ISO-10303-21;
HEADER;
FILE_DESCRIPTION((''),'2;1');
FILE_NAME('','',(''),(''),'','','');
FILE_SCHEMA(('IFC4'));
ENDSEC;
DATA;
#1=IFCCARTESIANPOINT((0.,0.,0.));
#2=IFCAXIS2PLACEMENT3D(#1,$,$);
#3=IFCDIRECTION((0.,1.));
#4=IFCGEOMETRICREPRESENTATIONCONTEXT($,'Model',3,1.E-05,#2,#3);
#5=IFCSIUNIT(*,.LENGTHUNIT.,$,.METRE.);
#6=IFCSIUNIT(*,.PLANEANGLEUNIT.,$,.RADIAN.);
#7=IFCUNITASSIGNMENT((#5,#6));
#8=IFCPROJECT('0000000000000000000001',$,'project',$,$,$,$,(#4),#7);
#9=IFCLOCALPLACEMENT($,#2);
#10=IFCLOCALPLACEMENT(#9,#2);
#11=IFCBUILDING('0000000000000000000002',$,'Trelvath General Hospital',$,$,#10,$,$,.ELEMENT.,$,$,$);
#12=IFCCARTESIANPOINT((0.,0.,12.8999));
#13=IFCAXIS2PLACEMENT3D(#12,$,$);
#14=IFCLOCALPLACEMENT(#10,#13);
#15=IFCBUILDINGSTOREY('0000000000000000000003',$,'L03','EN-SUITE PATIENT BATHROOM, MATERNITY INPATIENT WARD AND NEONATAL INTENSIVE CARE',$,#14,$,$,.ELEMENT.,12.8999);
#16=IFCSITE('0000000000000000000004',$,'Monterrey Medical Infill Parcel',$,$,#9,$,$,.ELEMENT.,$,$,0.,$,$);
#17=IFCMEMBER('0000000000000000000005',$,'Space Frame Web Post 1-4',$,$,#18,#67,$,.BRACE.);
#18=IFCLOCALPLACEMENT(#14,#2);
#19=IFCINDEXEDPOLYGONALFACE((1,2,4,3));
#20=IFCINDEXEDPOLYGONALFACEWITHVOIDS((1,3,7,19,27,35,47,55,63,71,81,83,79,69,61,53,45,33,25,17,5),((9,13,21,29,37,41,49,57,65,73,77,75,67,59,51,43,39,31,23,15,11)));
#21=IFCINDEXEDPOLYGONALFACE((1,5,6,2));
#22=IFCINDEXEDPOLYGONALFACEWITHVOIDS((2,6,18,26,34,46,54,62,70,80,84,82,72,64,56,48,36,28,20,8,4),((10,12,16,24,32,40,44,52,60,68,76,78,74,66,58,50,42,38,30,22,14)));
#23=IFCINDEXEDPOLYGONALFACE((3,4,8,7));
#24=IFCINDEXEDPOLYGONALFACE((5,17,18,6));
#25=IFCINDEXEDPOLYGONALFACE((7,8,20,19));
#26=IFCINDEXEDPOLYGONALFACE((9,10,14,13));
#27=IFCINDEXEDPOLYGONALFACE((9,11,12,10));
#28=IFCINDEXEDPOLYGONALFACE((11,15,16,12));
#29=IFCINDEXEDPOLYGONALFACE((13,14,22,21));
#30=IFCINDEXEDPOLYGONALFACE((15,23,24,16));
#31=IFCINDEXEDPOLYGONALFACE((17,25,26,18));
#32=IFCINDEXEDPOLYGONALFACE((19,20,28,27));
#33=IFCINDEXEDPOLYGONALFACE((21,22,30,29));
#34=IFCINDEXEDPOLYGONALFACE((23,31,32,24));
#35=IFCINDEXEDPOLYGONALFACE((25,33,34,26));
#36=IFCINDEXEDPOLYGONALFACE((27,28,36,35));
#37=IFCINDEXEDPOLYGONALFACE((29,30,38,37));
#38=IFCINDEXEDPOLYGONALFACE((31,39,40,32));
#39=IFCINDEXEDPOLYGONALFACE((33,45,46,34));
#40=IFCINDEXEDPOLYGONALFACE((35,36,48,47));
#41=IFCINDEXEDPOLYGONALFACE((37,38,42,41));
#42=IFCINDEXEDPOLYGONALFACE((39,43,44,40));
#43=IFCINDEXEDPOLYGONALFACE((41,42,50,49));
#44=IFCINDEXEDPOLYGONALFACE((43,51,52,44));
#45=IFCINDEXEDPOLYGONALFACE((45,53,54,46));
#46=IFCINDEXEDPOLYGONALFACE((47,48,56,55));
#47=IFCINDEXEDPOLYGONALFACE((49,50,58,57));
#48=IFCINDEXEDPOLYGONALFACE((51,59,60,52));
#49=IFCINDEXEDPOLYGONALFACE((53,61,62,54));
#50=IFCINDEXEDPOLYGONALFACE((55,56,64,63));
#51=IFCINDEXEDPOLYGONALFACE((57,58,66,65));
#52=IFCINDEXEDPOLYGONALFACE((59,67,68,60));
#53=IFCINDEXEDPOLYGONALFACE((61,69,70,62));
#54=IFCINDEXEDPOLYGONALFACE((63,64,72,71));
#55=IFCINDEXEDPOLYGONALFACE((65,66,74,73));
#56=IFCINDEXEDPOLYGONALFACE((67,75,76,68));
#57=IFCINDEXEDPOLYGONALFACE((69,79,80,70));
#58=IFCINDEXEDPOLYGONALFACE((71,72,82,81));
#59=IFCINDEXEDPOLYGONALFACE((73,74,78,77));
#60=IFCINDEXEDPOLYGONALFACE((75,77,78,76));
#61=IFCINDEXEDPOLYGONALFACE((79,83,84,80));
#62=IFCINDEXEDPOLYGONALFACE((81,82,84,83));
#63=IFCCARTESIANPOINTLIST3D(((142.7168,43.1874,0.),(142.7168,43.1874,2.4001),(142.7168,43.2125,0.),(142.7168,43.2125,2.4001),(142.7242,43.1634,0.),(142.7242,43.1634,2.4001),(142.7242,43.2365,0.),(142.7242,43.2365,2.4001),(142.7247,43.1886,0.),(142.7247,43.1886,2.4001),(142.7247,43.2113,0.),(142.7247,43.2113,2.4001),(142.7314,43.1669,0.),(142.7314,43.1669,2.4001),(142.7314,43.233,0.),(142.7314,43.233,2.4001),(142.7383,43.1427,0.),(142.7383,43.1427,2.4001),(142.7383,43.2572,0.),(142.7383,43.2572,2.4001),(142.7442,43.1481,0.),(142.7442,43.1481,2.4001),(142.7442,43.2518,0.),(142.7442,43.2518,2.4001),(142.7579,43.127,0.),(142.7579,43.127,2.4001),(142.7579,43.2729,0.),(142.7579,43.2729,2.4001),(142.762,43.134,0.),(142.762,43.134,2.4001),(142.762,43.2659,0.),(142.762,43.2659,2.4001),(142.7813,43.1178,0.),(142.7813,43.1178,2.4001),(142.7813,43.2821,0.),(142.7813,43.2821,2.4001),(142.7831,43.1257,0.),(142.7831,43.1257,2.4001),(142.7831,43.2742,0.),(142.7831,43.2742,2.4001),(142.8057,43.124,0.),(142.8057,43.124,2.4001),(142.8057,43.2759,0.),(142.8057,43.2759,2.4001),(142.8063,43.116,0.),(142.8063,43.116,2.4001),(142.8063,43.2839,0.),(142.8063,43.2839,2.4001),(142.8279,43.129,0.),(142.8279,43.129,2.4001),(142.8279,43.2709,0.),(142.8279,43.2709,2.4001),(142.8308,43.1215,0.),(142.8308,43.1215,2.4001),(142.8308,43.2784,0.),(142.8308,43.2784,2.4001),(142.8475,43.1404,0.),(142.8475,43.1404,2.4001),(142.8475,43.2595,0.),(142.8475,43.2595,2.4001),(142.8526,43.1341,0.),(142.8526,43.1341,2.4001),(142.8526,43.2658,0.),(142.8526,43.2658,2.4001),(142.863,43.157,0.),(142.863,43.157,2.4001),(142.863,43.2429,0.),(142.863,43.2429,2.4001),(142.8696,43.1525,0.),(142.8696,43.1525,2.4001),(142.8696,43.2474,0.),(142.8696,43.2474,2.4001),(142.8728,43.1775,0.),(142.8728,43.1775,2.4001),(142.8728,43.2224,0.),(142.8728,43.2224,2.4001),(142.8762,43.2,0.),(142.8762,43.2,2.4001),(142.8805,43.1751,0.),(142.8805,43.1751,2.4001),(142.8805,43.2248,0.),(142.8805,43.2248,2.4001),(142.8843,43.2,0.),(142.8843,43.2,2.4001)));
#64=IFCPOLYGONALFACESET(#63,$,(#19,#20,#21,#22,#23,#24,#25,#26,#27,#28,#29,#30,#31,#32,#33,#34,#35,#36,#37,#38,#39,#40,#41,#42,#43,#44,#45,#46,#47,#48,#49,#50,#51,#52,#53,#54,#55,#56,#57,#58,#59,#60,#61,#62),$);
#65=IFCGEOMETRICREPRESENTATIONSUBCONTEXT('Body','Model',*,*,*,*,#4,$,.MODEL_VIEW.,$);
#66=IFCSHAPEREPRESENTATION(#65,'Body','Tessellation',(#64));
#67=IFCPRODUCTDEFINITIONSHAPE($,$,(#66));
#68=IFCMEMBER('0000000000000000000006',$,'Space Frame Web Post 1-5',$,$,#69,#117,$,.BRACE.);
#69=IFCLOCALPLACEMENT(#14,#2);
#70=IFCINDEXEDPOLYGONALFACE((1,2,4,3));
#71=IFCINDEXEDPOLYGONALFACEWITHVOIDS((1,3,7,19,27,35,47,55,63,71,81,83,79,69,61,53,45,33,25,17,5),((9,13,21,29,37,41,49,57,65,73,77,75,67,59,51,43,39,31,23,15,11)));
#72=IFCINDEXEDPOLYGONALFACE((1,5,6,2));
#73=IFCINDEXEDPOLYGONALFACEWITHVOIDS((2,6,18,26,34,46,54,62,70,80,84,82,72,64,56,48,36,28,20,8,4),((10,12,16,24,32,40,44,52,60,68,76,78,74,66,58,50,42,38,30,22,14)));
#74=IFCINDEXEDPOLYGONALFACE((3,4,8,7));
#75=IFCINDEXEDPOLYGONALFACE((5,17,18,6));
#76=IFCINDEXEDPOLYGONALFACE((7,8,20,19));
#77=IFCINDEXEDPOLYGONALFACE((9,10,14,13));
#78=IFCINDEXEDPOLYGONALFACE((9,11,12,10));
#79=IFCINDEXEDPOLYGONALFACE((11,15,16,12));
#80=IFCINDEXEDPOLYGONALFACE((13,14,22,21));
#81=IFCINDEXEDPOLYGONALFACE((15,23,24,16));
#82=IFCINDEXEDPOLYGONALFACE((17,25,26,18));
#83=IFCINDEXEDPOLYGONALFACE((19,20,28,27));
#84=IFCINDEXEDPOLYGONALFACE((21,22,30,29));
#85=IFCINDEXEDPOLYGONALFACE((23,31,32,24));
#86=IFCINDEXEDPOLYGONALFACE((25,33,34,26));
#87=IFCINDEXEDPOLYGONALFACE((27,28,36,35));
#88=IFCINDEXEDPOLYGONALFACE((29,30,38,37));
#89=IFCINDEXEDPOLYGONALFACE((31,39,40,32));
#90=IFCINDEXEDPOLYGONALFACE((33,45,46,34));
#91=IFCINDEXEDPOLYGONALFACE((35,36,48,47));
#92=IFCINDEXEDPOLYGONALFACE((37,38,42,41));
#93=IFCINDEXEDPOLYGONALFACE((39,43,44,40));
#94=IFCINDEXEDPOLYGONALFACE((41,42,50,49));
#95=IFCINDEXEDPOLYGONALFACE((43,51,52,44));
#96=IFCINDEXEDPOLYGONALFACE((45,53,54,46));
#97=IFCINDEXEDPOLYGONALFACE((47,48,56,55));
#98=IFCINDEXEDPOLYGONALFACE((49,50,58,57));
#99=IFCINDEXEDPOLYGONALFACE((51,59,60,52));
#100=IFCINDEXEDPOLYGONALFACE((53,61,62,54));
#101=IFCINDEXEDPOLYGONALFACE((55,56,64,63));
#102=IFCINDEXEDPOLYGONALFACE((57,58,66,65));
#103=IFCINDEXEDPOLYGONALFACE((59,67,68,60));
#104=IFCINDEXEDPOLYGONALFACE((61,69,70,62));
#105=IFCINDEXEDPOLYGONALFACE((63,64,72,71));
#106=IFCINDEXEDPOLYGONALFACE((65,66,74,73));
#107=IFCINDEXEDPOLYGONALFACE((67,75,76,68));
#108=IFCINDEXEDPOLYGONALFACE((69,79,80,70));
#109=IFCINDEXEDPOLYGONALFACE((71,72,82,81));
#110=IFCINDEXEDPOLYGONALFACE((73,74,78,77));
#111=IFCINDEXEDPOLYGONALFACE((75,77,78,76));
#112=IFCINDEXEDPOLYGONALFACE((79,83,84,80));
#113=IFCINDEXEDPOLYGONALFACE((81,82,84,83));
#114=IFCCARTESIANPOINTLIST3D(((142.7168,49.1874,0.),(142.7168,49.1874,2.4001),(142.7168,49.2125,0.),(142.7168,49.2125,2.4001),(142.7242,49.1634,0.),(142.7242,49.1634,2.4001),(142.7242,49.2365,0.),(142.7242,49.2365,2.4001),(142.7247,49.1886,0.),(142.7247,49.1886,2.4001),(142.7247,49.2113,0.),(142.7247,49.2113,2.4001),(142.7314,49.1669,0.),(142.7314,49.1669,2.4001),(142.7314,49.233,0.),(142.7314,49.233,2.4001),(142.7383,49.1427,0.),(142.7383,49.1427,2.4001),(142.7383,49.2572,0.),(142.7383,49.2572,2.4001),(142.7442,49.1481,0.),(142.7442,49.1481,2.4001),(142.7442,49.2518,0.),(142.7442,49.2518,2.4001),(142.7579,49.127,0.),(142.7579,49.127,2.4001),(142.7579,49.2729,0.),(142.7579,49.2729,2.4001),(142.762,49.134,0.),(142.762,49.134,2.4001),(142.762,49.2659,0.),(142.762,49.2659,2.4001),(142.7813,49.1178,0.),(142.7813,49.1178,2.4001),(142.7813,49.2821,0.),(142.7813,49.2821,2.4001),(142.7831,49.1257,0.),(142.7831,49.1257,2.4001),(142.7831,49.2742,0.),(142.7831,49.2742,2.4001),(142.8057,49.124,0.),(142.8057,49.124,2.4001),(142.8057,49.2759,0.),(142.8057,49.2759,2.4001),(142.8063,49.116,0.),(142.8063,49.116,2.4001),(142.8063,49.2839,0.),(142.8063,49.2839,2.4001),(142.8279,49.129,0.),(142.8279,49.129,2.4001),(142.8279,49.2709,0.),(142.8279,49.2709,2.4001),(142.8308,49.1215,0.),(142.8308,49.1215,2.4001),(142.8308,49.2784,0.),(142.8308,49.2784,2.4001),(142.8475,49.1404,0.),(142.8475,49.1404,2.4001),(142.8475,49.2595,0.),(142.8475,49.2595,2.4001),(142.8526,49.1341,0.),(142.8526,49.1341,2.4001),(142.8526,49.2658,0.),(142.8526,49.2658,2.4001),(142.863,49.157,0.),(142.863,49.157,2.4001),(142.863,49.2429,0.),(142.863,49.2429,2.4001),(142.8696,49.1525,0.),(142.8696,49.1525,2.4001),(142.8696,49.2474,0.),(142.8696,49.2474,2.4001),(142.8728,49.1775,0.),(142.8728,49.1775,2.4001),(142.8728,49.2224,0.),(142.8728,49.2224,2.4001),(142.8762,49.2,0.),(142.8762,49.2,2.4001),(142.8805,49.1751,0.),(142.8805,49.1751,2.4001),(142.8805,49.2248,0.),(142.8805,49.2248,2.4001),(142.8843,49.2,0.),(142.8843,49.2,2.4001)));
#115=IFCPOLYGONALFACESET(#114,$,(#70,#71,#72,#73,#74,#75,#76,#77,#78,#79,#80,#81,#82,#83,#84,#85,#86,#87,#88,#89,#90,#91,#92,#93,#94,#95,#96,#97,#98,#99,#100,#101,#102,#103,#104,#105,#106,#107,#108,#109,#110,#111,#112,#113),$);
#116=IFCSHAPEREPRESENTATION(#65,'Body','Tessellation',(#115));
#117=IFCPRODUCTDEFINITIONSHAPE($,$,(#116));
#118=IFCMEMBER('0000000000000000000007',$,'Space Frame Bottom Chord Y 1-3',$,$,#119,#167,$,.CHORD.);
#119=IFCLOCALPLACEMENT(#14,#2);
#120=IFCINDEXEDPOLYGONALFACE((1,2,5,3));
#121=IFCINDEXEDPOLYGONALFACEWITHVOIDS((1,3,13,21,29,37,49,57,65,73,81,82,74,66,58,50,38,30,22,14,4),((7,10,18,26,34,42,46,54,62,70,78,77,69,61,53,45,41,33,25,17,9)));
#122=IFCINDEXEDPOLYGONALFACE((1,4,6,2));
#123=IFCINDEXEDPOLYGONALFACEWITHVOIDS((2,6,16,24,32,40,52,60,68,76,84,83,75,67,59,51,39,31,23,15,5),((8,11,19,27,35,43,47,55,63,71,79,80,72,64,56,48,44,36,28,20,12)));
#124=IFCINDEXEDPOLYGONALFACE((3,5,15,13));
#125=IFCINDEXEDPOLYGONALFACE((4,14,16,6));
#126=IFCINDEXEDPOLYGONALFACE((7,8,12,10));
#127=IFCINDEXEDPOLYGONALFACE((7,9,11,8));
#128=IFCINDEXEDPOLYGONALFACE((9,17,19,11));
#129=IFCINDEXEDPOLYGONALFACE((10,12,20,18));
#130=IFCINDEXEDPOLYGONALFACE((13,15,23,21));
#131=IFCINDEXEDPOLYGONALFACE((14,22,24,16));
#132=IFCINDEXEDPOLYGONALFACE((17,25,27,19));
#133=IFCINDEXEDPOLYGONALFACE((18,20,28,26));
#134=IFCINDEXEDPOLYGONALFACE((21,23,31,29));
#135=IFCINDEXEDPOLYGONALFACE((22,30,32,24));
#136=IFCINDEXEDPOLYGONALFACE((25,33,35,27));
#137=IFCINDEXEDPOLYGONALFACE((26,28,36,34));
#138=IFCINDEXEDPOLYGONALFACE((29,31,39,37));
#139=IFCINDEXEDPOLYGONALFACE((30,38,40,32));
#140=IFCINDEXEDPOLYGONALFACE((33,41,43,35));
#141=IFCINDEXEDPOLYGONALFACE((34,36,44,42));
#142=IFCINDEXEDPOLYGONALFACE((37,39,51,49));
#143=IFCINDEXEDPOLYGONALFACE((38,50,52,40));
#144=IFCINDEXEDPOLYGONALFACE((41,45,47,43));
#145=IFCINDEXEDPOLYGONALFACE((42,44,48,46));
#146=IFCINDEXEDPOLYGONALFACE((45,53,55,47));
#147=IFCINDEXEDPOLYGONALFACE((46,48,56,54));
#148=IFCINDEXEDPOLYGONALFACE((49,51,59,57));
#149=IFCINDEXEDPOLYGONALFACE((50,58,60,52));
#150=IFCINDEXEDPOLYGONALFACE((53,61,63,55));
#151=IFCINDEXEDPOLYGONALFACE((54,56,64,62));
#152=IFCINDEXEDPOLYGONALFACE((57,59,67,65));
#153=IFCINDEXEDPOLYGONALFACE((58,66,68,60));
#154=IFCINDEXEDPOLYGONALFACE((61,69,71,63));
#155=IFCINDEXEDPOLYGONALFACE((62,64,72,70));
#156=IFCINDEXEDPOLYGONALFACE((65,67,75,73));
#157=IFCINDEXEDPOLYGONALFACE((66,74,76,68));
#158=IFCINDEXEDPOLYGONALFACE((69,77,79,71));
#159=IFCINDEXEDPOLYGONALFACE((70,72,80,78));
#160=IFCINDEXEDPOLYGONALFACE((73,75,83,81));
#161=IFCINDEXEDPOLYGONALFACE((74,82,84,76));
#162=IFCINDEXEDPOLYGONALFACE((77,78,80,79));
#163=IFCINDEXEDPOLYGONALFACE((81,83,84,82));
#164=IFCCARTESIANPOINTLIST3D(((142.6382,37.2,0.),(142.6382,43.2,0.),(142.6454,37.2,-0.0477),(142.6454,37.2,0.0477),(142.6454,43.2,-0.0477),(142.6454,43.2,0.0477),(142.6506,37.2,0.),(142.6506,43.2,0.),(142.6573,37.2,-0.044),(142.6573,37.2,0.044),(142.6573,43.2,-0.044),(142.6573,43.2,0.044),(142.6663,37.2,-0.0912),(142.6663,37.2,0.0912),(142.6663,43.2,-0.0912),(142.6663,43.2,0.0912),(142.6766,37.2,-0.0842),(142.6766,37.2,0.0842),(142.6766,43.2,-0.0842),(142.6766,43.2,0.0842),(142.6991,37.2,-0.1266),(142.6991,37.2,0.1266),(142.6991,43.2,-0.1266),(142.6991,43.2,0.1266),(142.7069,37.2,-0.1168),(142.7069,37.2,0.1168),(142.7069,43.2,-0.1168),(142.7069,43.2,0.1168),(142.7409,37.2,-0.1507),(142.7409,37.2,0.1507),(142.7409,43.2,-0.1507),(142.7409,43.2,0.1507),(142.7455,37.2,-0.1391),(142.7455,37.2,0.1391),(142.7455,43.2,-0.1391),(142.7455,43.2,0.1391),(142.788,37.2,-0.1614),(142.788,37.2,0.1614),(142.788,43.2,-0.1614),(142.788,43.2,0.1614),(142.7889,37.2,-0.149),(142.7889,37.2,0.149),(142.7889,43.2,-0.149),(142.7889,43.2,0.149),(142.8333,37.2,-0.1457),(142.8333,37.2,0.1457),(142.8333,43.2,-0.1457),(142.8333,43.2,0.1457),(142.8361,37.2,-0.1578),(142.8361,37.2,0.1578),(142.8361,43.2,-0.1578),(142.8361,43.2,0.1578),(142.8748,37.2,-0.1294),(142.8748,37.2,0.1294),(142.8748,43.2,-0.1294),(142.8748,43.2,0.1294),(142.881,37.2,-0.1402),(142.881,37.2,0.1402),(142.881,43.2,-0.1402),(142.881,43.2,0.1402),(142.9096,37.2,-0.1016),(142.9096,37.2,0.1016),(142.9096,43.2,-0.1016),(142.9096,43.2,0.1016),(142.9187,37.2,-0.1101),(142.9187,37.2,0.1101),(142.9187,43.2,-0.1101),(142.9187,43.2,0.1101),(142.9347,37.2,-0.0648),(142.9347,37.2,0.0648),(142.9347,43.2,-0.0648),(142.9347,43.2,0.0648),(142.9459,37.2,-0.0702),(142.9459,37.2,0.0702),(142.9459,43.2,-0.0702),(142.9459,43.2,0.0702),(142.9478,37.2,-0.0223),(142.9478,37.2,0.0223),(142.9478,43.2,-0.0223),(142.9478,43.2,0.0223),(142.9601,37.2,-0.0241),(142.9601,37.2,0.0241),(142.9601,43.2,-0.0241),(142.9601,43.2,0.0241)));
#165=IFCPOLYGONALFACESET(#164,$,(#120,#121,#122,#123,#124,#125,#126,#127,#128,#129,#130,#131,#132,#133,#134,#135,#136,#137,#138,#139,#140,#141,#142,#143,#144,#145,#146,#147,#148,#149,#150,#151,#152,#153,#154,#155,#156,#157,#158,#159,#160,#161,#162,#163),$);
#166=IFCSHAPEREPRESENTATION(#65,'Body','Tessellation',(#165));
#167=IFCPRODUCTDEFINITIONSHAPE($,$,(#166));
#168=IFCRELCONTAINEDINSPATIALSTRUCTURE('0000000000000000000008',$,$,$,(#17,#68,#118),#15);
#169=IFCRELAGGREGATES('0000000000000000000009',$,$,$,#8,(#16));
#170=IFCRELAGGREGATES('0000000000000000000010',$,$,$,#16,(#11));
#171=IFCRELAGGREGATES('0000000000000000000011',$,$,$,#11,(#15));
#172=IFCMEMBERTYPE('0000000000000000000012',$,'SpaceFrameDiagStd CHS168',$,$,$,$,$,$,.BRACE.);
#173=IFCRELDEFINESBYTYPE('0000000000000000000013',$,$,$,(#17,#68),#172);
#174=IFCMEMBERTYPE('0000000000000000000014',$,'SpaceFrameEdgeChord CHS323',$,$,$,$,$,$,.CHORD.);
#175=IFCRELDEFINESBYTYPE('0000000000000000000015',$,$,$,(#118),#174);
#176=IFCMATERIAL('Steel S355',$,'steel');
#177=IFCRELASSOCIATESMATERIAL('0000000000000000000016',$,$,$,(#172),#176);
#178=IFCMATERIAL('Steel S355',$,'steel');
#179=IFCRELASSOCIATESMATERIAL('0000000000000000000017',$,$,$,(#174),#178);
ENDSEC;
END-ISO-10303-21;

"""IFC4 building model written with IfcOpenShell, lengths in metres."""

from ifc_helpers import new_model, si_unit, direction, frame, origin, origin_2d, place, context, subcontext, project, spatial, hollow_circle, extrude, material, material_profile, profile_set, type_object, element, save


model = new_model("IFC4")

# Units and contexts
model_context = context("Model", 3, precision=1e-05, world=origin(), true_north=direction((0.0, 1.0)))
body_context = subcontext(model_context, "Body", "Model", "MODEL_VIEW")
ifc_project = project(units=[si_unit("LENGTHUNIT", "METRE"), si_unit("PLANEANGLEUNIT", "RADIAN")], contexts=[model_context])

# Site, building, storey
site_placement = place(None, origin())
site = spatial("IfcSite", under=ifc_project, at=site_placement, Name="Monterrey Medical Infill Parcel", CompositionType="ELEMENT", RefElevation=0.0)
building_placement = place(site_placement, origin())
building = spatial("IfcBuilding", under=site, at=building_placement, Name="Trelvath General Hospital", CompositionType="ELEMENT")
storey_placement = place(building_placement, frame((0.0, 0.0, 12.8999)))
storey = spatial("IfcBuildingStorey", under=building, at=storey_placement, Name="L03", Description="EN-SUITE PATIENT BATHROOM, MATERNITY INPATIENT WARD AND NEONATAL INTENSIVE CARE", CompositionType="ELEMENT", Elevation=12.8999)

# Members
ifc_material_1 = material(Name="Steel S355", Category="steel")
ifc_material_profile_1 = material_profile(ifc_material_1, hollow_circle(Radius=0.0842, WallThickness=0.0081, at=origin_2d()), Name="CHS168.3x8.0")
ifc_profile_set_1 = profile_set([ifc_material_profile_1], Name="Steel S355")
member_type_1 = type_object("IfcMemberType", Name="SpaceFrameDiagStd CHS168", PredefinedType="BRACE", material=ifc_profile_set_1)
for number, where, z_axis, x_axis, name in (
    (1, (142.8, 43.2, 0.0), (0.0, 0.0, 1.0), (1.0, 0.0, 0.0), "Space Frame Web Post 1-4"),
    (2, (142.8, 49.2, 0.0), (0.0, 0.0, 1.0), (1.0, 0.0, 0.0), "Space Frame Web Post 1-5"),
):
    element("IfcMember", number, at=place(storey_placement, frame(where, z_axis=z_axis, x_axis=x_axis)), inside=storey, type_object=member_type_1, Name=name, PredefinedType="BRACE", context=body_context, shape_type="SweptSolid", body=[
        extrude(hollow_circle(Radius=0.0842, WallThickness=0.0081, at=origin_2d()), origin(), (0.0, 0.0, 1.0), 2.4001),
    ])
ifc_material_2 = material(Name="Steel S355", Category="steel")
ifc_material_profile_2 = material_profile(ifc_material_2, hollow_circle(Radius=0.1619, WallThickness=0.0125, at=origin_2d()), Name="CHS323.9x12.5")
ifc_profile_set_2 = profile_set([ifc_material_profile_2], Name="Steel S355")
member_type_2 = type_object("IfcMemberType", Name="SpaceFrameEdgeChord CHS323", PredefinedType="CHORD", material=ifc_profile_set_2)
for number, where, z_axis, x_axis, name in (
    (3, (142.8, 37.2, 0.0), (0.0, 1.0, 0.0), (-1.0, 0.0, 0.0), "Space Frame Bottom Chord Y 1-3"),
):
    element("IfcMember", number, at=place(storey_placement, frame(where, z_axis=z_axis, x_axis=x_axis)), inside=storey, type_object=member_type_2, Name=name, PredefinedType="CHORD", context=body_context, shape_type="SweptSolid", body=[
        extrude(hollow_circle(Radius=0.1619, WallThickness=0.0125, at=origin_2d()), origin(), (0.0, 0.0, 1.0), 6.0),
    ])

save(model, "model.ifc")
